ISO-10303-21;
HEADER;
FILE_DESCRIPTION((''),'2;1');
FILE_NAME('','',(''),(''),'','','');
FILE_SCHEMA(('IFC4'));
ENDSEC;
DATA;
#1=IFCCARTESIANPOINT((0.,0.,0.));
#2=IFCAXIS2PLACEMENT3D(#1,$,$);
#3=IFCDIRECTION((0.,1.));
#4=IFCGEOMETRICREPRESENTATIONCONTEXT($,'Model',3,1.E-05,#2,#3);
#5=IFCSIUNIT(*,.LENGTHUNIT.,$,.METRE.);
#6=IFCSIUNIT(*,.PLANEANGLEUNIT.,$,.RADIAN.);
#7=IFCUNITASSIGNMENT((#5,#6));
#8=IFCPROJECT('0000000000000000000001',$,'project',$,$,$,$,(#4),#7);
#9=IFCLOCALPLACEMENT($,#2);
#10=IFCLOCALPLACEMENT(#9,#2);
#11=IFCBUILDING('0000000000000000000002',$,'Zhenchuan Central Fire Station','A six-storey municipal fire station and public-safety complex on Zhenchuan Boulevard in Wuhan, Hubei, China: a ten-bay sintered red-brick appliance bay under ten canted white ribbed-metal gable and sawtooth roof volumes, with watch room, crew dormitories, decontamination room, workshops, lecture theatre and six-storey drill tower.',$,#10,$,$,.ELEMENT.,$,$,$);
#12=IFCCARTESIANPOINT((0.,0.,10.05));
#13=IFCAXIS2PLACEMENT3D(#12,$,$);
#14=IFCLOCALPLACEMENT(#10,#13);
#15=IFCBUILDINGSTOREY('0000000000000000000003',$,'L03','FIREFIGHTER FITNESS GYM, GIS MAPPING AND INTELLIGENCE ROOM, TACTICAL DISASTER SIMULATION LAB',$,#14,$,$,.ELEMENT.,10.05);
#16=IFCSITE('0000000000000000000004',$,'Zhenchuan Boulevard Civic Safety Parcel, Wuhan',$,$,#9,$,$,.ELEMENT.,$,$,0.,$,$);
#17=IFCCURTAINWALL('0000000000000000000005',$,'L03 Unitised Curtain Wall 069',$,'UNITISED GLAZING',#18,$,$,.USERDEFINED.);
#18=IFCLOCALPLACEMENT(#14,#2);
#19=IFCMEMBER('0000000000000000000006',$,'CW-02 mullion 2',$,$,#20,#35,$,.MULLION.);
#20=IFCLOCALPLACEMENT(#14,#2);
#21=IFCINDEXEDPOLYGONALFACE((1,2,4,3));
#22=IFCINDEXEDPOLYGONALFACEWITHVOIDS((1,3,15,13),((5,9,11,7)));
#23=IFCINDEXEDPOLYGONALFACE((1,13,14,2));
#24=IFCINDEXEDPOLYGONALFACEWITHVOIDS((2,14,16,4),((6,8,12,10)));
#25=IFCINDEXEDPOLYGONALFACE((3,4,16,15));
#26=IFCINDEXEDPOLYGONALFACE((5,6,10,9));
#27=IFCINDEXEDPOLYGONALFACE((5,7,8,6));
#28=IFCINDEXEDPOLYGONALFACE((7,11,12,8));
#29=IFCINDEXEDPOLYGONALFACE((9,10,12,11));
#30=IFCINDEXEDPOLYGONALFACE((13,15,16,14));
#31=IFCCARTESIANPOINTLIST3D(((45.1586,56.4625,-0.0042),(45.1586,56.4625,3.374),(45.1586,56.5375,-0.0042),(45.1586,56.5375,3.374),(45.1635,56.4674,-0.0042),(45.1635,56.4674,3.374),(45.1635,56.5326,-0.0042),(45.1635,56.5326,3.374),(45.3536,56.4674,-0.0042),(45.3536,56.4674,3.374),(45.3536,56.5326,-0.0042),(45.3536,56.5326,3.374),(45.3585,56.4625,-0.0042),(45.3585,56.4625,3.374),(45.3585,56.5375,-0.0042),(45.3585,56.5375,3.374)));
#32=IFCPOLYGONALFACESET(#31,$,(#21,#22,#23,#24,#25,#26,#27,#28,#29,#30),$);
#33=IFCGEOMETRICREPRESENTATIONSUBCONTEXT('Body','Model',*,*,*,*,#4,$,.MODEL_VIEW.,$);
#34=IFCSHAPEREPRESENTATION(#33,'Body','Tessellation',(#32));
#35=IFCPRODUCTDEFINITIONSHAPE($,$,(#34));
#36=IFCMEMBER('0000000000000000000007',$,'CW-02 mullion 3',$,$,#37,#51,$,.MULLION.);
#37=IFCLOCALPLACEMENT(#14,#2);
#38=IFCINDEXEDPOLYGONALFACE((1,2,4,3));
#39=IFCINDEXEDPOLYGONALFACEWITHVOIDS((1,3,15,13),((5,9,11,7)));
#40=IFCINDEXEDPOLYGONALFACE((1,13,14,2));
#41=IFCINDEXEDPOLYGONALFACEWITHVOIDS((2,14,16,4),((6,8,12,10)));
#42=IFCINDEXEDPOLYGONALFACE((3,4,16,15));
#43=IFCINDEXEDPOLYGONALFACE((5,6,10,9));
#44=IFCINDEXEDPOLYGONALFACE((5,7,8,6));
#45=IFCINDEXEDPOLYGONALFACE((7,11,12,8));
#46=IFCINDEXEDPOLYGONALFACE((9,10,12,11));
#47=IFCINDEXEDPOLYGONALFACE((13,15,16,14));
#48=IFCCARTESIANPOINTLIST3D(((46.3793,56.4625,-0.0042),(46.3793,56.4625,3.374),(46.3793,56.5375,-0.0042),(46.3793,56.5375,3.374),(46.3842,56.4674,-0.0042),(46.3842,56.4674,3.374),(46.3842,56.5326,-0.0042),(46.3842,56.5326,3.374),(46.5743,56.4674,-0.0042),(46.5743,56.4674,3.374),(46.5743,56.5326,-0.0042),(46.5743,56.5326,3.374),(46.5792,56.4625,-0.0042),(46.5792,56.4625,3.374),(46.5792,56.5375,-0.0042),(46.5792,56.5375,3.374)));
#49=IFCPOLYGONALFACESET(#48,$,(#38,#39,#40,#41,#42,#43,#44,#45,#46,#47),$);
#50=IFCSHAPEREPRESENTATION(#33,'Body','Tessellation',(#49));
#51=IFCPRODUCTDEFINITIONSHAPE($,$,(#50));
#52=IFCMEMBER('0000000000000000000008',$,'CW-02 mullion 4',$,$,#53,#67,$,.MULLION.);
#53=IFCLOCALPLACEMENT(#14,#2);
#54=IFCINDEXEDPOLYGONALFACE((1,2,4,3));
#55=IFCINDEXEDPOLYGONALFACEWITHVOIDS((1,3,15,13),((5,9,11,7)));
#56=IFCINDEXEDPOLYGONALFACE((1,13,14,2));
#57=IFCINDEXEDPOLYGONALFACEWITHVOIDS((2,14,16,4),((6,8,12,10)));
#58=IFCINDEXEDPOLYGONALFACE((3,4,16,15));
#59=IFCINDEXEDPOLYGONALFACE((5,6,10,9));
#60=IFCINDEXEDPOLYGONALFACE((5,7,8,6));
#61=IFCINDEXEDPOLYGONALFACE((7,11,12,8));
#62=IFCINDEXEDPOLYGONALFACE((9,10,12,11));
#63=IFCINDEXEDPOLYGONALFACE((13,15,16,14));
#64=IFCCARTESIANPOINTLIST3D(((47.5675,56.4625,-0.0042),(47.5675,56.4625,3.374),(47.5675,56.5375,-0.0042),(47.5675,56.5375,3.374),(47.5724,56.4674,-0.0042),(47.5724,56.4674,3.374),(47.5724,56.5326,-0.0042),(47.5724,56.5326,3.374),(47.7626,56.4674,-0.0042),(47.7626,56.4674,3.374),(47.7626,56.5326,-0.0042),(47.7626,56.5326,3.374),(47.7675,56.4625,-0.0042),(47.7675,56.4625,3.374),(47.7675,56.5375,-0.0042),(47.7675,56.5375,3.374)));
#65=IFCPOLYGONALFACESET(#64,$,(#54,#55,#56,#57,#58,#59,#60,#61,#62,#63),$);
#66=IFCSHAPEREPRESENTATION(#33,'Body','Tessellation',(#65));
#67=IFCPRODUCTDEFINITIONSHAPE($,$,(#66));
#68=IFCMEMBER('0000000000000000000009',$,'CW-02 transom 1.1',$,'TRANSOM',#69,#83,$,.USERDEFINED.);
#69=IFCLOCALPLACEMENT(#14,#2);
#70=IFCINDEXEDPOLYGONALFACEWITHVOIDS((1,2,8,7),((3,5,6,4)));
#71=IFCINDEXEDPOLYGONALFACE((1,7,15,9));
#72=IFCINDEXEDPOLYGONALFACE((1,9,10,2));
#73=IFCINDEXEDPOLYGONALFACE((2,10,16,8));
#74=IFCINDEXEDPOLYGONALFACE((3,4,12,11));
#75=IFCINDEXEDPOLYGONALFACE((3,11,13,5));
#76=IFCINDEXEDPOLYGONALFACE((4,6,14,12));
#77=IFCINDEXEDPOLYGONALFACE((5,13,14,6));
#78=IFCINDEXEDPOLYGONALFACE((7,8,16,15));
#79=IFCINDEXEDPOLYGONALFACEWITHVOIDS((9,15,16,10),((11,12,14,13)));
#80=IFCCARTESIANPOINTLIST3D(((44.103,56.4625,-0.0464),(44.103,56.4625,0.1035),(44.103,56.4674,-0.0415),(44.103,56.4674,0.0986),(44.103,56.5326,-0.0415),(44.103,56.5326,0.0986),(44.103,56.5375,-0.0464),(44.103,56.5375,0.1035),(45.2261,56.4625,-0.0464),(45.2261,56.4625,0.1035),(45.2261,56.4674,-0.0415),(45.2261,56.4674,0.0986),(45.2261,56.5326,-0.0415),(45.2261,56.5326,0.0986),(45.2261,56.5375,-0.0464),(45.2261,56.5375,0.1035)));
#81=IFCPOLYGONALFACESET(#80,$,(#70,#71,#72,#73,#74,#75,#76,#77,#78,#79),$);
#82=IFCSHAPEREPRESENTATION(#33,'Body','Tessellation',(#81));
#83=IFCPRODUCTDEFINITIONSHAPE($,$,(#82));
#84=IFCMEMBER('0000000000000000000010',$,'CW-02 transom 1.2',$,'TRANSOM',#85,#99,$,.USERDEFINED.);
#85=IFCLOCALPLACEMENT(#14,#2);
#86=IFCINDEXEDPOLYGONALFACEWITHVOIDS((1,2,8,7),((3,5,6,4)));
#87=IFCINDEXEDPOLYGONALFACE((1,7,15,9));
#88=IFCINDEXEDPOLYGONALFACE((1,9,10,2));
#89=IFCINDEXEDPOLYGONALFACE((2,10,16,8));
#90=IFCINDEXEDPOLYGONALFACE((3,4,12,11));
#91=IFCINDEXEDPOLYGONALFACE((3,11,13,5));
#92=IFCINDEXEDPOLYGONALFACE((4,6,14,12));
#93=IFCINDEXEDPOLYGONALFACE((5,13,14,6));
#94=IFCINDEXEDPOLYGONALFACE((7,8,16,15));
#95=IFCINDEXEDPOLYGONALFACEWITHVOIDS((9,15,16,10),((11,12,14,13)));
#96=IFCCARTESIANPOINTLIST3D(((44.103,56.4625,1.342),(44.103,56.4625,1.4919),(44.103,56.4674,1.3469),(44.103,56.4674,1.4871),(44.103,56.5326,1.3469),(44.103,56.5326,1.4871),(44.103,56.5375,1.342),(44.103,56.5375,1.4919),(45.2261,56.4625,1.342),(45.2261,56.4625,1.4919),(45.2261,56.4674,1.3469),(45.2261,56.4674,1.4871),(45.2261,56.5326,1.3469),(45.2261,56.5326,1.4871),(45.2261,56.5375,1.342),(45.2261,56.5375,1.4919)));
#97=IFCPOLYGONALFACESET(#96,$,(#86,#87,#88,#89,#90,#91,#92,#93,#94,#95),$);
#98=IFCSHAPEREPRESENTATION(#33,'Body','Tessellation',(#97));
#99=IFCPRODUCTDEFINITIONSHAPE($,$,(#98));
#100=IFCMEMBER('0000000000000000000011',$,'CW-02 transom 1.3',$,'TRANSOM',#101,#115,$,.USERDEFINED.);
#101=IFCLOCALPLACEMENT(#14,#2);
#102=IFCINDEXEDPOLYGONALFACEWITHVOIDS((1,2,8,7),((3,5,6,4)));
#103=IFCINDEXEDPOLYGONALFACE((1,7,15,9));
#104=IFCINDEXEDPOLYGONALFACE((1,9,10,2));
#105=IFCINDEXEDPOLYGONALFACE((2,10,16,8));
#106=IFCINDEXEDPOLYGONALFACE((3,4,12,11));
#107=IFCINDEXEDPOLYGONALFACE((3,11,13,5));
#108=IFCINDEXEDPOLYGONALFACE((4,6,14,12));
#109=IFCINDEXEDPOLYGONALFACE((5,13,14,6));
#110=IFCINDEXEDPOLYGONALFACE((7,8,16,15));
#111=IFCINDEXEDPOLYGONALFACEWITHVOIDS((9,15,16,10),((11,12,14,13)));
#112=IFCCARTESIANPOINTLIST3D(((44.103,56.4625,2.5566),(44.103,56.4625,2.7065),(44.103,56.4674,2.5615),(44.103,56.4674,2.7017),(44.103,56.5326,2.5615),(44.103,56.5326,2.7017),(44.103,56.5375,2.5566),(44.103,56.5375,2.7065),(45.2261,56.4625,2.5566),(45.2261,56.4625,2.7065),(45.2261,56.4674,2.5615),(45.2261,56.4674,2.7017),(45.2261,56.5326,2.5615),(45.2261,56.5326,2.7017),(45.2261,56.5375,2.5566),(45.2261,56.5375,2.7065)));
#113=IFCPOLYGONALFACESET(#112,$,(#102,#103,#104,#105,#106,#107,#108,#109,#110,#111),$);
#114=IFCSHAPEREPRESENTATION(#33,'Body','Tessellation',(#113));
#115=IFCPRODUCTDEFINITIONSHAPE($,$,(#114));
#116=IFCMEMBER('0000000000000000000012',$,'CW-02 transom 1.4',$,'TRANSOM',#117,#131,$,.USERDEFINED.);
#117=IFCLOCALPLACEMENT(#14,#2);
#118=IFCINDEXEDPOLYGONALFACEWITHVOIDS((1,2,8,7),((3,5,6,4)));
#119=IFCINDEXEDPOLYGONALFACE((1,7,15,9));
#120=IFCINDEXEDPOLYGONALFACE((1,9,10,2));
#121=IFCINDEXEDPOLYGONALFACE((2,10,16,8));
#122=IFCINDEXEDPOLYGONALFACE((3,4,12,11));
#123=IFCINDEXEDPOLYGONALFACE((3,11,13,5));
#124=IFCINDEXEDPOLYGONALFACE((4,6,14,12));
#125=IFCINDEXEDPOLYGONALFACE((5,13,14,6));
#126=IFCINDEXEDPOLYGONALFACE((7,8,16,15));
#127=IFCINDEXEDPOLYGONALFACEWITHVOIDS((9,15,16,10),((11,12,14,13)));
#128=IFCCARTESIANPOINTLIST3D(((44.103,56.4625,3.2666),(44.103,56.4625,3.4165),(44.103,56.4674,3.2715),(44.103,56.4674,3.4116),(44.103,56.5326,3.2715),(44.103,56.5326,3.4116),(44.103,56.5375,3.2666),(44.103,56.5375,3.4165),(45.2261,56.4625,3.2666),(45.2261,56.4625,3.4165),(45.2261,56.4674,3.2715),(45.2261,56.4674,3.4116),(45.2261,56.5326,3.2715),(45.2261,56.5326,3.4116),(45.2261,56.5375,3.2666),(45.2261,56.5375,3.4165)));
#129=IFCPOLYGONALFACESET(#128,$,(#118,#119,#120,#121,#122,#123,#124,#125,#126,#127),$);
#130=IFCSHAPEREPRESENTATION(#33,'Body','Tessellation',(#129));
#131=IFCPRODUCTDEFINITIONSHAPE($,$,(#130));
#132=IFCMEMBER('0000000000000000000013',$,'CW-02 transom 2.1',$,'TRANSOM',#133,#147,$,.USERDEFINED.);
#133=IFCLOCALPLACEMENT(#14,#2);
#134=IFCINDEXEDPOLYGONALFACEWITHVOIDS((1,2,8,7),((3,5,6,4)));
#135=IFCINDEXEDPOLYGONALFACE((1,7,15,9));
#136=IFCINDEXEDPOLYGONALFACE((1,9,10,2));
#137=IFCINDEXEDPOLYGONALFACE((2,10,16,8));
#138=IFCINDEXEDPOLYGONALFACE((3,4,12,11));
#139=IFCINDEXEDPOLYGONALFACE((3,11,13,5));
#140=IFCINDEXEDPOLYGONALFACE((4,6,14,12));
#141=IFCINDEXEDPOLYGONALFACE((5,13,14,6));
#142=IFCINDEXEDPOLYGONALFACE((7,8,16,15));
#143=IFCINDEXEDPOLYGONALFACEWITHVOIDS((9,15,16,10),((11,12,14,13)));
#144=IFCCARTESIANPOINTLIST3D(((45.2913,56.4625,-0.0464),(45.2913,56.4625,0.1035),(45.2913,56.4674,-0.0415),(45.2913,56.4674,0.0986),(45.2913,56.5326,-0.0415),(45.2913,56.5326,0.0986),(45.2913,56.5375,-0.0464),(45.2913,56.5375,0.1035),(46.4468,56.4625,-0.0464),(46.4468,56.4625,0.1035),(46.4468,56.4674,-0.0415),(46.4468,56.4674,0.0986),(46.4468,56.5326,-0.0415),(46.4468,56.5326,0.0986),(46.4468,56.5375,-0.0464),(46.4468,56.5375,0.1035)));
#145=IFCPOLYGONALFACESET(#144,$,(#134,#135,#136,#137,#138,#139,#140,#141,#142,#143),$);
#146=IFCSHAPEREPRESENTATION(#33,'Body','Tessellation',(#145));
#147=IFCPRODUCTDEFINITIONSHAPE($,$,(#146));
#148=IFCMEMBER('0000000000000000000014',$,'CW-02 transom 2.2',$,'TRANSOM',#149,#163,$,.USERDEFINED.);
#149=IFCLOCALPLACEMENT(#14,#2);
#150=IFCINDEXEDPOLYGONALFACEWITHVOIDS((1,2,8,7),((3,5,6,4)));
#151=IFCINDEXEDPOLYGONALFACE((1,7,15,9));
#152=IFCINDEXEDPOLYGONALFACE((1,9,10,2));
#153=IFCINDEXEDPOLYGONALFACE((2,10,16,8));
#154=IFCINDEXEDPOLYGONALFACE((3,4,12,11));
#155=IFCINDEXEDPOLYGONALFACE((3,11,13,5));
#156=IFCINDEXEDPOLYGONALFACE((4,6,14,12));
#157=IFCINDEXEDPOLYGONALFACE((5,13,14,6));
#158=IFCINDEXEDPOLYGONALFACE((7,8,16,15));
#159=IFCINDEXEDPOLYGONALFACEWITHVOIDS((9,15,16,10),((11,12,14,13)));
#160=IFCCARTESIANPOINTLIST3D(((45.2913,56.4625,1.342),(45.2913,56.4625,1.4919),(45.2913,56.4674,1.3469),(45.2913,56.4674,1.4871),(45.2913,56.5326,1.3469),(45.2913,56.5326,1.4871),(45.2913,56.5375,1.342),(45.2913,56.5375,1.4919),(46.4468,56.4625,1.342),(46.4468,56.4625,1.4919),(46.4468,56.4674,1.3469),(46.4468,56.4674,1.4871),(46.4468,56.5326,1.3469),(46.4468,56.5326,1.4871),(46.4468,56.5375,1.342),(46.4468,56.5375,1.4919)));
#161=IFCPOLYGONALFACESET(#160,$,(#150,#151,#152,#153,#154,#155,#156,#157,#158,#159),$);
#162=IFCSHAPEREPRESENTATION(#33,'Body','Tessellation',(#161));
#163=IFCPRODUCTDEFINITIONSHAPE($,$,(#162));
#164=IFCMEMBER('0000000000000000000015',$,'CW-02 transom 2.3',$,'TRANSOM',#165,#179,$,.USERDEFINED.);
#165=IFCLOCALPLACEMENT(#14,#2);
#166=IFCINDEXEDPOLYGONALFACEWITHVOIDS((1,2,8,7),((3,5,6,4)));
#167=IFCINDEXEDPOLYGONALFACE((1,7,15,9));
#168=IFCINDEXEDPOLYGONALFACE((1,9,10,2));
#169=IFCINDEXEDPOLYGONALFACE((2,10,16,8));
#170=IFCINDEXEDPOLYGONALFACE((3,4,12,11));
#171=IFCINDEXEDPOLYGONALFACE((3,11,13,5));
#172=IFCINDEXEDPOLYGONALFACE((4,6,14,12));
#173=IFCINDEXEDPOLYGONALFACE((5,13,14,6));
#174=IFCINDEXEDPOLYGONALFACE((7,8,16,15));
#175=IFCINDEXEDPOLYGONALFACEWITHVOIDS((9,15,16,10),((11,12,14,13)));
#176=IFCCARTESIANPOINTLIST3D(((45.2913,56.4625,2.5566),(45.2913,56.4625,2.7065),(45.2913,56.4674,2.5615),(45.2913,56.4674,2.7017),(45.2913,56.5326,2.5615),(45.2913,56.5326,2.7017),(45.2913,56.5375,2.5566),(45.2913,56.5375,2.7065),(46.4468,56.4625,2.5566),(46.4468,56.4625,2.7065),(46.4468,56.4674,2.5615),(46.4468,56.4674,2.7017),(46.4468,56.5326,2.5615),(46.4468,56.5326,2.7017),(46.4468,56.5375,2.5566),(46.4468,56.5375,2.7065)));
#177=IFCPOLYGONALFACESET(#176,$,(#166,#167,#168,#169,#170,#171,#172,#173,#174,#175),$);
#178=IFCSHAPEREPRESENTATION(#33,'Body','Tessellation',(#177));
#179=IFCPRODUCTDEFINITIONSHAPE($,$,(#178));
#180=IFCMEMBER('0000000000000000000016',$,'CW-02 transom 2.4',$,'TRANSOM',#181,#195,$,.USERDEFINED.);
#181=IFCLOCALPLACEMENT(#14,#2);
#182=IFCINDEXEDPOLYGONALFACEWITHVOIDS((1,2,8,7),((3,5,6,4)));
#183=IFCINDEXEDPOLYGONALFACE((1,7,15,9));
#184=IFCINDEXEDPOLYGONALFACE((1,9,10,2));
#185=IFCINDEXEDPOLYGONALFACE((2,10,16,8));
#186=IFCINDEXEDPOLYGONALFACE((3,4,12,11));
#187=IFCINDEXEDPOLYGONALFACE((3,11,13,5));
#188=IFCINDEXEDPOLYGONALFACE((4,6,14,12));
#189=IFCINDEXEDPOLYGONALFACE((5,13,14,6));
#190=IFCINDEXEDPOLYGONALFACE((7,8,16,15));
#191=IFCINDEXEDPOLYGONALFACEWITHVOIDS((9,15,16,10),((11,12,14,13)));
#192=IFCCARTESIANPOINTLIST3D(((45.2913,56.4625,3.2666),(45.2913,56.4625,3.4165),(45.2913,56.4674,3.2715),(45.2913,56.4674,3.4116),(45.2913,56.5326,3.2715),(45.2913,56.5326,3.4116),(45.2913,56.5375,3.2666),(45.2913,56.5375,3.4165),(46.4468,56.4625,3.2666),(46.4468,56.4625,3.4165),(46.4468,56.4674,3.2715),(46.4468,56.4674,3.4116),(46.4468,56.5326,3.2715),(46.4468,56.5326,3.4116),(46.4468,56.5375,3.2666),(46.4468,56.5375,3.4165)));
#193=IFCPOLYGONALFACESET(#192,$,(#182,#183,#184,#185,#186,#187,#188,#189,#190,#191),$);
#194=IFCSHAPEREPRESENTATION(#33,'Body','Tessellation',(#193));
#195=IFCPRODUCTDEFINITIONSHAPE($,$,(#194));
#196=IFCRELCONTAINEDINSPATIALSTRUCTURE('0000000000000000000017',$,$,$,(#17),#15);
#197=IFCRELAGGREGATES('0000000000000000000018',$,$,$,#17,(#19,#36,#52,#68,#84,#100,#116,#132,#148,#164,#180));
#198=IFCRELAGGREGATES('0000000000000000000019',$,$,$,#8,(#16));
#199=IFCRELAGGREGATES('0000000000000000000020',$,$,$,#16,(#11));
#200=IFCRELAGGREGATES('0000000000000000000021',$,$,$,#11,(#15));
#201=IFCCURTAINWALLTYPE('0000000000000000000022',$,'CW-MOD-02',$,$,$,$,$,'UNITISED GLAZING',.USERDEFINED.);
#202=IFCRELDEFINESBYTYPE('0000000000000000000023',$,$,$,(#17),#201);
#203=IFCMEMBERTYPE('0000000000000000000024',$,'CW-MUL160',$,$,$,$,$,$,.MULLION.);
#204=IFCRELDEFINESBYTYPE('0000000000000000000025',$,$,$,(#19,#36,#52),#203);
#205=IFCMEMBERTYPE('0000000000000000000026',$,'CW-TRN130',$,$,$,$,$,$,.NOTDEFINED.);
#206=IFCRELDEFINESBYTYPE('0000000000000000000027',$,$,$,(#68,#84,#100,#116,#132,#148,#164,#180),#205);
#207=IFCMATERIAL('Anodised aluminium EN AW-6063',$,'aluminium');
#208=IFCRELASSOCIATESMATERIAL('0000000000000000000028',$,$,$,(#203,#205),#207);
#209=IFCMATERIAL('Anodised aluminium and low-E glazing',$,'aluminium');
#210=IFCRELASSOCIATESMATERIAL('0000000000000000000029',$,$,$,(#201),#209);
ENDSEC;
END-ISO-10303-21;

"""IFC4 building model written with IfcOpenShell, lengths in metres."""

from ifc_helpers import new_model, si_unit, direction, frame, origin, origin_2d, place, context, subcontext, project, spatial, hollow_rectangle, extrude, material, material_profile, profile_set, type_object, element, aggregate, save


model = new_model("IFC4")

# Units and contexts
model_context = context("Model", 3, precision=1e-05, world=origin(), true_north=direction((0.0, 1.0)))
body_context = subcontext(model_context, "Body", "Model", "MODEL_VIEW")
ifc_project = project(units=[si_unit("LENGTHUNIT", "METRE"), si_unit("PLANEANGLEUNIT", "RADIAN")], contexts=[model_context])

# Site, building, storey
site_placement = place(None, origin())
site = spatial("IfcSite", under=ifc_project, at=site_placement, Name="Zhenchuan Boulevard Civic Safety Parcel, Wuhan", CompositionType="ELEMENT", RefElevation=0.0)
building_placement = place(site_placement, origin())
building = spatial("IfcBuilding", under=site, at=building_placement, Name="Zhenchuan Central Fire Station", Description="A six-storey municipal fire station and public-safety complex on Zhenchuan Boulevard in Wuhan, Hubei, China: a ten-bay sintered red-brick appliance bay under ten canted white ribbed-metal gable and sawtooth roof volumes, with watch room, crew dormitories, decontamination room, workshops, lecture theatre and six-storey drill tower.", CompositionType="ELEMENT")
storey_placement = place(building_placement, frame((0.0, 0.0, 10.05)))
storey = spatial("IfcBuildingStorey", under=building, at=storey_placement, Name="L03", Description="FIREFIGHTER FITNESS GYM, GIS MAPPING AND INTELLIGENCE ROOM, TACTICAL DISASTER SIMULATION LAB", CompositionType="ELEMENT", Elevation=10.05)

# Shared definitions
ifc_material_1 = material(Name="Anodised aluminium and low-E glazing", Category="aluminium")
ifc_material_2 = material(Name="Anodised aluminium EN AW-6063", Category="aluminium")
ifc_material_profile_1 = material_profile(ifc_material_2, hollow_rectangle(XDim=0.075, YDim=0.2, WallThickness=0.0049, at=origin_2d()), Name="ALU-M 200x75")
ifc_profile_set_1 = profile_set([ifc_material_profile_1], Name="Anodised aluminium EN AW-6063")
member_type_1 = type_object("IfcMemberType", Name="CW-MUL160", PredefinedType="MULLION", material=ifc_profile_set_1)

# Curtain wall, members
curtain_wall_type_1 = type_object("IfcCurtainWallType", Name="CW-MOD-02", ElementType="UNITISED GLAZING", PredefinedType="USERDEFINED", material=ifc_material_1)
curtain_wall_1_placement = place(storey_placement, origin())
curtain_wall_1 = element("IfcCurtainWall", 1, at=curtain_wall_1_placement, inside=storey, type_object=curtain_wall_type_1, Name="L03 Unitised Curtain Wall 069", ObjectType="UNITISED GLAZING", PredefinedType="USERDEFINED")
member_1_placement = place(storey_placement, frame((45.2585, 56.5, -0.0042), z_axis=(0.0, 0.0, 1.0), x_axis=(0.0, 1.0, 0.0)))
member_1 = element("IfcMember", 2, at=member_1_placement, type_object=member_type_1, Name="CW-02 mullion 2", PredefinedType="MULLION", context=body_context, shape_type="SweptSolid", body=[
    extrude(hollow_rectangle(XDim=0.075, YDim=0.2, WallThickness=0.0049, at=origin_2d()), origin(), (0.0, 0.0, 1.0), 3.3782),
])
member_2_placement = place(storey_placement, frame((46.4792, 56.5, -0.0042), z_axis=(0.0, 0.0, 1.0), x_axis=(0.0, 1.0, 0.0)))
member_2 = element("IfcMember", 3, at=member_2_placement, type_object=member_type_1, Name="CW-02 mullion 3", PredefinedType="MULLION", context=body_context, shape_type="SweptSolid", body=[
    extrude(hollow_rectangle(XDim=0.075, YDim=0.2, WallThickness=0.0049, at=origin_2d()), origin(), (0.0, 0.0, 1.0), 3.3782),
])
member_3_placement = place(storey_placement, frame((47.6675, 56.5, -0.0042), z_axis=(0.0, 0.0, 1.0), x_axis=(0.0, 1.0, 0.0)))
member_3 = element("IfcMember", 4, at=member_3_placement, type_object=member_type_1, Name="CW-02 mullion 4", PredefinedType="MULLION", context=body_context, shape_type="SweptSolid", body=[
    extrude(hollow_rectangle(XDim=0.075, YDim=0.2, WallThickness=0.0049, at=origin_2d()), origin(), (0.0, 0.0, 1.0), 3.3782),
])
ifc_material_profile_2 = material_profile(ifc_material_2, hollow_rectangle(XDim=0.075, YDim=0.1499, WallThickness=0.0049, at=origin_2d()), Name="ALU-T 150x75")
ifc_profile_set_2 = profile_set([ifc_material_profile_2], Name="Anodised aluminium EN AW-6063")
member_type_2 = type_object("IfcMemberType", Name="CW-TRN130", PredefinedType="NOTDEFINED", material=ifc_profile_set_2)
member_4_placement = place(storey_placement, frame((44.103, 56.5, 0.0286), z_axis=(1.0, 0.0, 0.0), x_axis=(0.0, 1.0, 0.0)))
member_4 = element("IfcMember", 5, at=member_4_placement, type_object=member_type_2, Name="CW-02 transom 1.1", ObjectType="TRANSOM", PredefinedType="USERDEFINED", context=body_context, shape_type="SweptSolid", body=[
    extrude(hollow_rectangle(XDim=0.075, YDim=0.1499, WallThickness=0.0049, at=origin_2d()), origin(), (0.0, 0.0, 1.0), 1.123),
])
member_5_placement = place(storey_placement, frame((44.103, 56.5, 1.417), z_axis=(1.0, 0.0, 0.0), x_axis=(0.0, 1.0, 0.0)))
member_5 = element("IfcMember", 6, at=member_5_placement, type_object=member_type_2, Name="CW-02 transom 1.2", ObjectType="TRANSOM", PredefinedType="USERDEFINED", context=body_context, shape_type="SweptSolid", body=[
    extrude(hollow_rectangle(XDim=0.075, YDim=0.1499, WallThickness=0.0049, at=origin_2d()), origin(), (0.0, 0.0, 1.0), 1.123),
])
member_6_placement = place(storey_placement, frame((44.103, 56.5, 2.6316), z_axis=(1.0, 0.0, 0.0), x_axis=(0.0, 1.0, 0.0)))
member_6 = element("IfcMember", 7, at=member_6_placement, type_object=member_type_2, Name="CW-02 transom 1.3", ObjectType="TRANSOM", PredefinedType="USERDEFINED", context=body_context, shape_type="SweptSolid", body=[
    extrude(hollow_rectangle(XDim=0.075, YDim=0.1499, WallThickness=0.0049, at=origin_2d()), origin(), (0.0, 0.0, 1.0), 1.123),
])
member_7_placement = place(storey_placement, frame((44.103, 56.5, 3.3416), z_axis=(1.0, 0.0, 0.0), x_axis=(0.0, 1.0, 0.0)))
member_7 = element("IfcMember", 8, at=member_7_placement, type_object=member_type_2, Name="CW-02 transom 1.4", ObjectType="TRANSOM", PredefinedType="USERDEFINED", context=body_context, shape_type="SweptSolid", body=[
    extrude(hollow_rectangle(XDim=0.075, YDim=0.1499, WallThickness=0.0049, at=origin_2d()), origin(), (0.0, 0.0, 1.0), 1.123),
])
member_8_placement = place(storey_placement, frame((45.2913, 56.5, 0.0286), z_axis=(1.0, 0.0, 0.0), x_axis=(0.0, 1.0, 0.0)))
member_8 = element("IfcMember", 9, at=member_8_placement, type_object=member_type_2, Name="CW-02 transom 2.1", ObjectType="TRANSOM", PredefinedType="USERDEFINED", context=body_context, shape_type="SweptSolid", body=[
    extrude(hollow_rectangle(XDim=0.075, YDim=0.1499, WallThickness=0.0049, at=origin_2d()), origin(), (0.0, 0.0, 1.0), 1.1555),
])
member_9_placement = place(storey_placement, frame((45.2913, 56.5, 1.417), z_axis=(1.0, 0.0, 0.0), x_axis=(0.0, 1.0, 0.0)))
member_9 = element("IfcMember", 10, at=member_9_placement, type_object=member_type_2, Name="CW-02 transom 2.2", ObjectType="TRANSOM", PredefinedType="USERDEFINED", context=body_context, shape_type="SweptSolid", body=[
    extrude(hollow_rectangle(XDim=0.075, YDim=0.1499, WallThickness=0.0049, at=origin_2d()), origin(), (0.0, 0.0, 1.0), 1.1555),
])
member_10_placement = place(storey_placement, frame((45.2913, 56.5, 2.6316), z_axis=(1.0, 0.0, 0.0), x_axis=(0.0, 1.0, 0.0)))
member_10 = element("IfcMember", 11, at=member_10_placement, type_object=member_type_2, Name="CW-02 transom 2.3", ObjectType="TRANSOM", PredefinedType="USERDEFINED", context=body_context, shape_type="SweptSolid", body=[
    extrude(hollow_rectangle(XDim=0.075, YDim=0.1499, WallThickness=0.0049, at=origin_2d()), origin(), (0.0, 0.0, 1.0), 1.1555),
])
member_11_placement = place(storey_placement, frame((45.2913, 56.5, 3.3416), z_axis=(1.0, 0.0, 0.0), x_axis=(0.0, 1.0, 0.0)))
member_11 = element("IfcMember", 12, at=member_11_placement, type_object=member_type_2, Name="CW-02 transom 2.4", ObjectType="TRANSOM", PredefinedType="USERDEFINED", context=body_context, shape_type="SweptSolid", body=[
    extrude(hollow_rectangle(XDim=0.075, YDim=0.1499, WallThickness=0.0049, at=origin_2d()), origin(), (0.0, 0.0, 1.0), 1.1555),
])

aggregate(curtain_wall_1, [member_1, member_2, member_3, member_4, member_5, member_6, member_7, member_8, member_9, member_10, member_11])

save(model, "model.ifc")
